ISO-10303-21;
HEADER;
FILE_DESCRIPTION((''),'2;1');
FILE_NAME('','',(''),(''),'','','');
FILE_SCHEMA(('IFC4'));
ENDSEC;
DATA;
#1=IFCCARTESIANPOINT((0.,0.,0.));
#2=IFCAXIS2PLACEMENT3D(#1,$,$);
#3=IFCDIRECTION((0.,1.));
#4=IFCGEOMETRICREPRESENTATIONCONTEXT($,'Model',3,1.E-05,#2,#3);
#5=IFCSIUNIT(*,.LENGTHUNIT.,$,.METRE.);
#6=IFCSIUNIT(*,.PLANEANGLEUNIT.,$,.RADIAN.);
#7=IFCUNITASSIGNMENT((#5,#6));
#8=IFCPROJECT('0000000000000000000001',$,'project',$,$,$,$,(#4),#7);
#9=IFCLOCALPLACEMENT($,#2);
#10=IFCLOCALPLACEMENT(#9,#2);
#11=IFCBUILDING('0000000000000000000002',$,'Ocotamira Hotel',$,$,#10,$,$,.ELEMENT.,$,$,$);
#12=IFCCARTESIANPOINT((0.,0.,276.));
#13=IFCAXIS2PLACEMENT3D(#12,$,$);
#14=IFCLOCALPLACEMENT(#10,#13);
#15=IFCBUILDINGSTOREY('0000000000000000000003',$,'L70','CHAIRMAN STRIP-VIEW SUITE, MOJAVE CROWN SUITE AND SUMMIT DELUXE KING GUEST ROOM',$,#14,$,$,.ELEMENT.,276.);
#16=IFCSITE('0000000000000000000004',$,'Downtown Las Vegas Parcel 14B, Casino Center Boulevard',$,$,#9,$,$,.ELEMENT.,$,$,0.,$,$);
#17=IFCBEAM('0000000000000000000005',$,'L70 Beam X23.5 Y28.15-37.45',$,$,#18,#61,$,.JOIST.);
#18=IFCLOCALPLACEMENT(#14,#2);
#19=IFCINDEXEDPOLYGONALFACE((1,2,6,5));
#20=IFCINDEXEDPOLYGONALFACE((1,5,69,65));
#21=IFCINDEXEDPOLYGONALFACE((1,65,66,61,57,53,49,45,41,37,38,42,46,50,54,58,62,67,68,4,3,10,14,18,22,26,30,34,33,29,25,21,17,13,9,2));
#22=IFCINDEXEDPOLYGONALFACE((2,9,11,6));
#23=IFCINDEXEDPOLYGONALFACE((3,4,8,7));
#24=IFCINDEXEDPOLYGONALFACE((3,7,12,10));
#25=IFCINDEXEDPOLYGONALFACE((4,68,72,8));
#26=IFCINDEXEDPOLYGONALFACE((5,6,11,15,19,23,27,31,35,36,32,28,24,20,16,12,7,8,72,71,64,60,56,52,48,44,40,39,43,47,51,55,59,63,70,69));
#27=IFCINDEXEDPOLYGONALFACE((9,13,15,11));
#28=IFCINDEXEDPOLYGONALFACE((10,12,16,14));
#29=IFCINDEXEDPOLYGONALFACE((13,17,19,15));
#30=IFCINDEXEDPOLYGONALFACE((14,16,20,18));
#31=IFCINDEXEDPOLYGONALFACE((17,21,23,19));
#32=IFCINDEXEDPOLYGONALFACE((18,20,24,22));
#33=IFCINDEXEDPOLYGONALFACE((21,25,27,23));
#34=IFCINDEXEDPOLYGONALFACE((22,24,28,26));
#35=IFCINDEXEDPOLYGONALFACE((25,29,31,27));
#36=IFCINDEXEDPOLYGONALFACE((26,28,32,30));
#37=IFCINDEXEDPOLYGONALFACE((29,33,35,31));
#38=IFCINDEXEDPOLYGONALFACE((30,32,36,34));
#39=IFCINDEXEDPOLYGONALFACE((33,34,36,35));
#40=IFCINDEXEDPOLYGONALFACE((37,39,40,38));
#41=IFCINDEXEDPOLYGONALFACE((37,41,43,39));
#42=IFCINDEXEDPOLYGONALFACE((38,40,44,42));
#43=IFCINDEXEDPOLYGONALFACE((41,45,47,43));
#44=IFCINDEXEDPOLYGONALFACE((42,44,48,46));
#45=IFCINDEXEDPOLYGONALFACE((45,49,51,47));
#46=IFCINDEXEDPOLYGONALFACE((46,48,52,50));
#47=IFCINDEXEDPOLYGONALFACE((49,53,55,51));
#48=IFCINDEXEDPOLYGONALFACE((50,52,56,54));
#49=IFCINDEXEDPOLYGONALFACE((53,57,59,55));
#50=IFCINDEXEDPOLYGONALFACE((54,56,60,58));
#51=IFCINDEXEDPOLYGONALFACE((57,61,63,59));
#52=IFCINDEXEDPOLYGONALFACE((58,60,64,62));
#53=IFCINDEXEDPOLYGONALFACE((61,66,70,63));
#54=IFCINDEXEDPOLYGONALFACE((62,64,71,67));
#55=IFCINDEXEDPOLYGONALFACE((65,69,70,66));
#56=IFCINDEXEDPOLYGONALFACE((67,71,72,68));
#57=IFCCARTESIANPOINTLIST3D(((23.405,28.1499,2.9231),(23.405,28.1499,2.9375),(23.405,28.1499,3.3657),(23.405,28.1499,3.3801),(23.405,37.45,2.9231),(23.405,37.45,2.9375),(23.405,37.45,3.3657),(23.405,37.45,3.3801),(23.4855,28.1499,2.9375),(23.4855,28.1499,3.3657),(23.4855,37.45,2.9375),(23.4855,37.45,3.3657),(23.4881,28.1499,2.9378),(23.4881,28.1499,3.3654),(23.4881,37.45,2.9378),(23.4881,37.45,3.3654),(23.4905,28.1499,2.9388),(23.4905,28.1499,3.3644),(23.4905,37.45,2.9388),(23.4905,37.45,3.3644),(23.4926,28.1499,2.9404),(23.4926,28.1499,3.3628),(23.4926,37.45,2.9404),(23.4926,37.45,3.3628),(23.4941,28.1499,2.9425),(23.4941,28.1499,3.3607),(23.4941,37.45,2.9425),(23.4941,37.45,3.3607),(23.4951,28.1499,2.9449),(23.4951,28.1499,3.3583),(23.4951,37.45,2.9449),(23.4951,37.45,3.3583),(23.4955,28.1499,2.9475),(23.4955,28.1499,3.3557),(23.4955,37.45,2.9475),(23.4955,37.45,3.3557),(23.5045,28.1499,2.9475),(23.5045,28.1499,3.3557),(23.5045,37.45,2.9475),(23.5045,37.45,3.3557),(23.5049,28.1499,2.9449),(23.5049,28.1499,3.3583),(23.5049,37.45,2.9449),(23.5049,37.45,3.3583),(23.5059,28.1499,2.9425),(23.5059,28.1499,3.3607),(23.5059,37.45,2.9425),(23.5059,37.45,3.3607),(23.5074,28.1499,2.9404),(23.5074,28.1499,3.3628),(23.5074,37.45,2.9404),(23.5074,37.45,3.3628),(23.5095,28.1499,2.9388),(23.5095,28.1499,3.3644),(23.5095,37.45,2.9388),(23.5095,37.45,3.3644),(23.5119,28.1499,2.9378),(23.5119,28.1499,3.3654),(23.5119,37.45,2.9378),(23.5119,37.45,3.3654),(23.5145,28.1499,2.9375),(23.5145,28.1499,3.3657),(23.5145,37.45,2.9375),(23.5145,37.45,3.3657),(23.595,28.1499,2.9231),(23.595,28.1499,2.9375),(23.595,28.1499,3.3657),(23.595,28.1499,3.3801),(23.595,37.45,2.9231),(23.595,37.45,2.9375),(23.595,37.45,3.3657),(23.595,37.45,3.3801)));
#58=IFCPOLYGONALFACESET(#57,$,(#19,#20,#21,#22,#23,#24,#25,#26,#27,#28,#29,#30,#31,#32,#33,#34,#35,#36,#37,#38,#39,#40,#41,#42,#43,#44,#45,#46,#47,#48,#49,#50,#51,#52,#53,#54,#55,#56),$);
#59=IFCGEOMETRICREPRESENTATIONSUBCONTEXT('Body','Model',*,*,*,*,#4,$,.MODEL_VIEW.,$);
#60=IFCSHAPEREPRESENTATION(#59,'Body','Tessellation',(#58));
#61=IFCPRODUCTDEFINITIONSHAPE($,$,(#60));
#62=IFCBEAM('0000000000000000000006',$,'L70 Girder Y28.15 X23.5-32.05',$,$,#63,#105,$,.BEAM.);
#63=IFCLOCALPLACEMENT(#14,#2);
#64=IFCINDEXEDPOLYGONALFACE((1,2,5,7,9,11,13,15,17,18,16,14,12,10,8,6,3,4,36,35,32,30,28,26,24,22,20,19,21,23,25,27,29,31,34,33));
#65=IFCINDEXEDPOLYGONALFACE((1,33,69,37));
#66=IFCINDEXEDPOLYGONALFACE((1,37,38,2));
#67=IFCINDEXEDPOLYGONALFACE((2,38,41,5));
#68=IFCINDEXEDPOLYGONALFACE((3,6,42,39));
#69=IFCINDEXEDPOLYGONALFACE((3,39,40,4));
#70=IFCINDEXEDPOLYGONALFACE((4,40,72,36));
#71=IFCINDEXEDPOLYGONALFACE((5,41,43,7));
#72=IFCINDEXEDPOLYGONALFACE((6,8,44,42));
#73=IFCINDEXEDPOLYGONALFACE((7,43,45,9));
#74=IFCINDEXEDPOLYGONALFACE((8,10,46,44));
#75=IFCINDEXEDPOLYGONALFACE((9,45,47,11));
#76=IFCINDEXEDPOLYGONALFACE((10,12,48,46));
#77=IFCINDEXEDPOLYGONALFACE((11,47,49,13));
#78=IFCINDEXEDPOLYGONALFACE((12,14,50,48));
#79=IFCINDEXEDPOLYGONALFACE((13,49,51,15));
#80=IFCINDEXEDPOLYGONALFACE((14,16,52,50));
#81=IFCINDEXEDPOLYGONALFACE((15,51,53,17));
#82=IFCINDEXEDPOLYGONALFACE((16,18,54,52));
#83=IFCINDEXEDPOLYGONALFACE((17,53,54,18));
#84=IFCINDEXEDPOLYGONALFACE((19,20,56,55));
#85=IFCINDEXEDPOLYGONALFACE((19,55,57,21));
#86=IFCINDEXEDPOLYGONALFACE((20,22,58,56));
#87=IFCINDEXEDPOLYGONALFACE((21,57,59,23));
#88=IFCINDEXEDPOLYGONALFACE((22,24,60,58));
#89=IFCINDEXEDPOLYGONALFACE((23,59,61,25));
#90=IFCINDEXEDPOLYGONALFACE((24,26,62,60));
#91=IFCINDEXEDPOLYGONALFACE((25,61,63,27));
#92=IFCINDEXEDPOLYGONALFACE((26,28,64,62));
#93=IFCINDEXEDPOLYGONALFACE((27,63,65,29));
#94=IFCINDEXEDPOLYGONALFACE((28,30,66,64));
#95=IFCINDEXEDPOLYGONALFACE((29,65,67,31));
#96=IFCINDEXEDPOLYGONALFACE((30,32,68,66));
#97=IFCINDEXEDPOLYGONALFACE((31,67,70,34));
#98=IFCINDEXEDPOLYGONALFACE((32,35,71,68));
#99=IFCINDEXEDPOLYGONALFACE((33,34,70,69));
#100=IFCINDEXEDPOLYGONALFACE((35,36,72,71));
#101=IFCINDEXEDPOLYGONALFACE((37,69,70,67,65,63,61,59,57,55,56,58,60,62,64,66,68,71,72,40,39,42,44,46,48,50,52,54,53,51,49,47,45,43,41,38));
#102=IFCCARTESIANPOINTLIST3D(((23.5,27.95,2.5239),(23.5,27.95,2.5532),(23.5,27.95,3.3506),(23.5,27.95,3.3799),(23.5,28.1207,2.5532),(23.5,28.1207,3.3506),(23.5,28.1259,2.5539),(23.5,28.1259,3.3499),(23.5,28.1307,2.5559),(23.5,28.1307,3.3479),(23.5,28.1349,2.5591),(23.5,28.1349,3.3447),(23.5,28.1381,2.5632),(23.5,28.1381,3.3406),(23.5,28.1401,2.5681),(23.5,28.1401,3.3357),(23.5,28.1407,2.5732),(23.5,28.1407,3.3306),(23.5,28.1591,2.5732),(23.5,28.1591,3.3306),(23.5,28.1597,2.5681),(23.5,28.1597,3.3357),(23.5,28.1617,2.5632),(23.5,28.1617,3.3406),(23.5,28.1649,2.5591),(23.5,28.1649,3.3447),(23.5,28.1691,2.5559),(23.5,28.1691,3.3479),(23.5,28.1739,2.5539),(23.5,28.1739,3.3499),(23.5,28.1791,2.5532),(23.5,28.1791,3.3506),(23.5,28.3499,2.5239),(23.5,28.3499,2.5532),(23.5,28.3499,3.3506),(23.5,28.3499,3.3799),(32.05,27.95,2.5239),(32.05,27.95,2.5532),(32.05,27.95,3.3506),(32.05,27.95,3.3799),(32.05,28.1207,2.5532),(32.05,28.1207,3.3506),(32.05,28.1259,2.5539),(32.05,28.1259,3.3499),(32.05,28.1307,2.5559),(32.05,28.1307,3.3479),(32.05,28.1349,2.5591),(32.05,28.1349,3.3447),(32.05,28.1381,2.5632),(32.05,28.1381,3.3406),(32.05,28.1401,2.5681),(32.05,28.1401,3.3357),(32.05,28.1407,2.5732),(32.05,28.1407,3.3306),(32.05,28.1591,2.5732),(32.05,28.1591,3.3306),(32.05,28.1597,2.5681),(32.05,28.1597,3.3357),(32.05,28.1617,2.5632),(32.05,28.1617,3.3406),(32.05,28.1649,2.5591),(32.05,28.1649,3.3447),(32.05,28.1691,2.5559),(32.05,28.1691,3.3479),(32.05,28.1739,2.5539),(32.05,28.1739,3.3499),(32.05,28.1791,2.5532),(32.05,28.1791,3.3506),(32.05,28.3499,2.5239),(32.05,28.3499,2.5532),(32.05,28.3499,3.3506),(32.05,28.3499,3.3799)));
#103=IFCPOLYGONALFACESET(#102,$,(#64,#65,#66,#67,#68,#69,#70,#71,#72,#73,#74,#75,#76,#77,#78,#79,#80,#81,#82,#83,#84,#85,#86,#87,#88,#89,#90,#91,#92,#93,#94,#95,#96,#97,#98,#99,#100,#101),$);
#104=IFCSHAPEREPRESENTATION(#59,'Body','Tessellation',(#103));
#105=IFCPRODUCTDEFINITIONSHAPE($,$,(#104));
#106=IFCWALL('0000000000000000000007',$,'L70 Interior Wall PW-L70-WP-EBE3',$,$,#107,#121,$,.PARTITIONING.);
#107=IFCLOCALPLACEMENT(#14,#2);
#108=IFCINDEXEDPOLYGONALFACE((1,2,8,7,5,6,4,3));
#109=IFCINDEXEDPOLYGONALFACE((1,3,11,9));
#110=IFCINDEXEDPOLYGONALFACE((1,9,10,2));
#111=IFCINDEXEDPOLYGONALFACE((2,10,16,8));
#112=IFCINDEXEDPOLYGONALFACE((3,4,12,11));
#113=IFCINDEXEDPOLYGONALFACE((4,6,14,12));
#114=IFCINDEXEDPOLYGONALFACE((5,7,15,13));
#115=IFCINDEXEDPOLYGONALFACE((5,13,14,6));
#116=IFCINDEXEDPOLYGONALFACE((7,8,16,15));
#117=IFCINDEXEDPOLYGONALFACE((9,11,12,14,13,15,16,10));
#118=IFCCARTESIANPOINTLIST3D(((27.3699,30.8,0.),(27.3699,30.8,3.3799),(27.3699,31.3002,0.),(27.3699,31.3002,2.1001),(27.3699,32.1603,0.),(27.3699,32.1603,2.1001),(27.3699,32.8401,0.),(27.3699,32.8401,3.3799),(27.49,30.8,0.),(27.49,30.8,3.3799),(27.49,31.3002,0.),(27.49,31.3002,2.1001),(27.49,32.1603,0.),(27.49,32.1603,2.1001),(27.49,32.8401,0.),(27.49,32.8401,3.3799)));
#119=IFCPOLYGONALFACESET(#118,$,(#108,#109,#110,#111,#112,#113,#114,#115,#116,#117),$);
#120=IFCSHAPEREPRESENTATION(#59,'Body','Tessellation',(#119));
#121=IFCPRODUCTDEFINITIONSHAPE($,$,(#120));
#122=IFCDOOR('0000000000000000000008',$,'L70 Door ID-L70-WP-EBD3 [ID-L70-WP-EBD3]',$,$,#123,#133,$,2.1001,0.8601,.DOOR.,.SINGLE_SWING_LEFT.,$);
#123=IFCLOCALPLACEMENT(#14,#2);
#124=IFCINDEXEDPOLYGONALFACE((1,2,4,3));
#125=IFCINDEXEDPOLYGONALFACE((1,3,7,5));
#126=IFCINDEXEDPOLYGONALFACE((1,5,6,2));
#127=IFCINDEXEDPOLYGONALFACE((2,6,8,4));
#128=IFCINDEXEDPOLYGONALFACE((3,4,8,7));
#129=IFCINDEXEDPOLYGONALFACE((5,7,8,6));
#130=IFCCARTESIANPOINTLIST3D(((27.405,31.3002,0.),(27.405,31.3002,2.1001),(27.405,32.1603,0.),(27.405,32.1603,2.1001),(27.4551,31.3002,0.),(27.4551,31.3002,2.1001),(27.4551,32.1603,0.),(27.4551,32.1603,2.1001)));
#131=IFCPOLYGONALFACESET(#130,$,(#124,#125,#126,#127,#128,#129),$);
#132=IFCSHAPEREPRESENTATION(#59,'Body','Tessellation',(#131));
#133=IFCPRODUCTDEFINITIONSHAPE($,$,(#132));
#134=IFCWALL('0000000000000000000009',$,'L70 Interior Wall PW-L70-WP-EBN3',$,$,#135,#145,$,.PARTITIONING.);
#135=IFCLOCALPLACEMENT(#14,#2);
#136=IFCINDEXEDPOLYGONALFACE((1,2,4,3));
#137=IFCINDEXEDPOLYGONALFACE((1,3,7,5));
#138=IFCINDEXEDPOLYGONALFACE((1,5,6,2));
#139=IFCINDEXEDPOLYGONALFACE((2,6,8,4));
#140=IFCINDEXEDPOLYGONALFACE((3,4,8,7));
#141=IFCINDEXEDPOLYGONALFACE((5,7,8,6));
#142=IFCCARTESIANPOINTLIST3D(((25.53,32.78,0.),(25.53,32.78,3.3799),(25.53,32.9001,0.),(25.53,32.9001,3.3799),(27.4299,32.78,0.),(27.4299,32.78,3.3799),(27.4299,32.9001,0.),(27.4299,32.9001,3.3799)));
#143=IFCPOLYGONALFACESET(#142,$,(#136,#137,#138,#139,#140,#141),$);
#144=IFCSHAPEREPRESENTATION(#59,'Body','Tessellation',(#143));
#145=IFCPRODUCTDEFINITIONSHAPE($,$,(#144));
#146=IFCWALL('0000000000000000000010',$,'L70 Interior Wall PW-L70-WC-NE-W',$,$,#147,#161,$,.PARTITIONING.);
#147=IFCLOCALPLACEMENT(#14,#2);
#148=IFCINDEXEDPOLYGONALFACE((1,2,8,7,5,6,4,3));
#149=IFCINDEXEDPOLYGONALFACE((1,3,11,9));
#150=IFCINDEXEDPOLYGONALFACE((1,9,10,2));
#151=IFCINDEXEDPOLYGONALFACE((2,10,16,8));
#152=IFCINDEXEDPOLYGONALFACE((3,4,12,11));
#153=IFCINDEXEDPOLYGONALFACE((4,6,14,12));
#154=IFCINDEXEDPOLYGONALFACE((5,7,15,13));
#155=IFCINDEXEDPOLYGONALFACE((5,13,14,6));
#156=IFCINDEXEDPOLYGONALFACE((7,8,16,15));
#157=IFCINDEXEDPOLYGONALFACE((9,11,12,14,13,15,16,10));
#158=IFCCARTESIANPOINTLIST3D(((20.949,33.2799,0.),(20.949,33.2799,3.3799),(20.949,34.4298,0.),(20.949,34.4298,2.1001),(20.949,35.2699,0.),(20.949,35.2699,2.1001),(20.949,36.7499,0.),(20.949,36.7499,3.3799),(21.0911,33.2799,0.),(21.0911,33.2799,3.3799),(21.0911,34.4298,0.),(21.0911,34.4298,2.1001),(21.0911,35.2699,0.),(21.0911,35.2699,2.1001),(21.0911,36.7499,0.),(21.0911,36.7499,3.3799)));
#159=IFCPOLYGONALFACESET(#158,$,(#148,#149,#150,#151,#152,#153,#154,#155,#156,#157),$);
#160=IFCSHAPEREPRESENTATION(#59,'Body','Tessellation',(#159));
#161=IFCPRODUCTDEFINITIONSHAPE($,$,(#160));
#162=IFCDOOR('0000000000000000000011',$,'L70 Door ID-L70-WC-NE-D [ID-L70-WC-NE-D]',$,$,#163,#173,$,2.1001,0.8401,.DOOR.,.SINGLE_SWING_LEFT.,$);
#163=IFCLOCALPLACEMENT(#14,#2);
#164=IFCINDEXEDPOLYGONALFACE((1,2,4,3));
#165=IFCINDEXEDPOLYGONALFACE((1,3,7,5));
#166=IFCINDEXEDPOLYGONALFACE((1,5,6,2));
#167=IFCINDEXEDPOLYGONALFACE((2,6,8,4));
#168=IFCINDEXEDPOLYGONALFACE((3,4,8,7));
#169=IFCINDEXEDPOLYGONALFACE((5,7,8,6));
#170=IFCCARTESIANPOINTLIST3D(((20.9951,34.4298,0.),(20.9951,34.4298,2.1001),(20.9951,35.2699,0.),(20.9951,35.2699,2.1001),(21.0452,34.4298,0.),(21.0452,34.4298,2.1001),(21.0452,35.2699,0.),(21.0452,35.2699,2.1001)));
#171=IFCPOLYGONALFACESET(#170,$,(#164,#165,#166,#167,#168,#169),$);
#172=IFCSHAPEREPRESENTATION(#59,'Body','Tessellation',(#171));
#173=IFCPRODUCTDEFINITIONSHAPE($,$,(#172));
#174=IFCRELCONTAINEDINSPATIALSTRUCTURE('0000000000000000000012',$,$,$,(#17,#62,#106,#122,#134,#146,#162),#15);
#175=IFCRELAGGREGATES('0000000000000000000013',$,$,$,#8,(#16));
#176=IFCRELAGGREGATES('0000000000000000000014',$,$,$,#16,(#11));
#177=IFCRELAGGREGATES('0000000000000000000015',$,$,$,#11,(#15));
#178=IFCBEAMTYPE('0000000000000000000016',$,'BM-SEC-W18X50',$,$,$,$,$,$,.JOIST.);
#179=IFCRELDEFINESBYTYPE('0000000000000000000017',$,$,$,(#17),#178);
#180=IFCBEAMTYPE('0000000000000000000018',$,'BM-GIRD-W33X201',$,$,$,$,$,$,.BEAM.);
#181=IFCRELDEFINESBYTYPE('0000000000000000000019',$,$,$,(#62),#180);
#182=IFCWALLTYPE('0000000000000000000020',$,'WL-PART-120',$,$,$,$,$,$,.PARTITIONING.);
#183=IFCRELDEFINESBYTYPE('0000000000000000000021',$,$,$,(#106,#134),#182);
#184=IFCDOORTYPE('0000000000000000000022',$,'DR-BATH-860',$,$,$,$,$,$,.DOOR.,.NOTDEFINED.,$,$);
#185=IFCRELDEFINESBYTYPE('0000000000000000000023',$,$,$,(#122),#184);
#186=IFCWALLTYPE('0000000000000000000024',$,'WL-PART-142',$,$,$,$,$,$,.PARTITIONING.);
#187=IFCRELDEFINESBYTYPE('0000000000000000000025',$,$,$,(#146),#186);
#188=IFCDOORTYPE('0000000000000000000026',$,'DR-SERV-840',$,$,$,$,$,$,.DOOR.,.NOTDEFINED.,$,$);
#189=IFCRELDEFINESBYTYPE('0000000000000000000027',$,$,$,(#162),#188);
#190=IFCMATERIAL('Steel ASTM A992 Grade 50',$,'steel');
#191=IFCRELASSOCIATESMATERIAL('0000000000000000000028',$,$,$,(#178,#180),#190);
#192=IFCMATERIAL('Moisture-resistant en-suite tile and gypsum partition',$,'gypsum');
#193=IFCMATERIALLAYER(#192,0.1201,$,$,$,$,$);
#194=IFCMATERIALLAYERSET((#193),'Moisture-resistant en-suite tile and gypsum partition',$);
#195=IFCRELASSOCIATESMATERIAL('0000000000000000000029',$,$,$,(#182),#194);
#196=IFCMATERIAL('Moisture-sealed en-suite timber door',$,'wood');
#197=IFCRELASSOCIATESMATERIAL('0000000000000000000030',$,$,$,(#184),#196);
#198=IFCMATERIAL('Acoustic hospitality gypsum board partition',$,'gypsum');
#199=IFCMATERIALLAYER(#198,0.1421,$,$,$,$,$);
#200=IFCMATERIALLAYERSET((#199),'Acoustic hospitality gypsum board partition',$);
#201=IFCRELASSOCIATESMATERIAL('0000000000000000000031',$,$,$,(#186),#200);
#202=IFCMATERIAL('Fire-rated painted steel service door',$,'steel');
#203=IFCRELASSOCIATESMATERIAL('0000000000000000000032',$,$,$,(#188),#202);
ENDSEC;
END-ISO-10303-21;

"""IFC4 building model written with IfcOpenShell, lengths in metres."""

from ifc_helpers import new_model, si_unit, direction, frame, frame_2d, origin, origin_2d, place, context, subcontext, project, spatial, rectangle, i_section, extrude, source, transform, mapped, material, layer, layer_set, material_profile, profile_set, type_object, element, fill, save


model = new_model("IFC4")

# Units and contexts
model_context = context("Model", 3, precision=1e-05, world=origin(), true_north=direction((0.0, 1.0)))
body_context = subcontext(model_context, "Body", "Model", "MODEL_VIEW")
ifc_project = project(units=[si_unit("LENGTHUNIT", "METRE"), si_unit("PLANEANGLEUNIT", "RADIAN")], contexts=[model_context])

# Site, building, storey
site_placement = place(None, origin())
site = spatial("IfcSite", under=ifc_project, at=site_placement, Name="Downtown Las Vegas Parcel 14B, Casino Center Boulevard", CompositionType="ELEMENT", RefElevation=0.0)
building_placement = place(site_placement, origin())
building = spatial("IfcBuilding", under=site, at=building_placement, Name="Ocotamira Hotel", CompositionType="ELEMENT")
storey_placement = place(building_placement, frame((0.0, 0.0, 276.0)))
storey = spatial("IfcBuildingStorey", under=building, at=storey_placement, Name="L70", Description="CHAIRMAN STRIP-VIEW SUITE, MOJAVE CROWN SUITE AND SUMMIT DELUXE KING GUEST ROOM", CompositionType="ELEMENT", Elevation=276.0)

# Shared definitions
ifc_material_1 = material(Name="Steel ASTM A992 Grade 50", Category="steel")

# Beams
ifc_material_profile_1 = material_profile(ifc_material_1, i_section(OverallWidth=0.1899, OverallDepth=0.457, WebThickness=0.009, FlangeThickness=0.0144, FilletRadius=0.01, at=origin_2d()), Name="W18X50")
ifc_profile_set_1 = profile_set([ifc_material_profile_1], Name="Steel ASTM A992 Grade 50")
beam_type_1 = type_object("IfcBeamType", Name="BM-SEC-W18X50", PredefinedType="JOIST", material=ifc_profile_set_1)
shared_shape_1 = source(origin(), body_context, "Body", "SweptSolid", [
    extrude(i_section(OverallWidth=0.1899, OverallDepth=0.457, WebThickness=0.009, FlangeThickness=0.0144, FilletRadius=0.01, at=origin_2d()), origin(), (0.0, 0.0, 1.0), 9.3),
])
beam_1_placement = place(storey_placement, frame((23.5, 28.1499, 3.1516), z_axis=(0.0, 1.0, 0.0), x_axis=(-1.0, 0.0, 0.0)))
element("IfcBeam", 1, at=beam_1_placement, inside=storey, type_object=beam_type_1, Name="L70 Beam X23.5 Y28.15-37.45", PredefinedType="JOIST", context=body_context, shape_type="MappedRepresentation", body=[
    mapped(shared_shape_1, transform((0.0, 0.0, 0.0), scale=1.0)),
])
ifc_material_profile_2 = material_profile(ifc_material_1, i_section(OverallWidth=0.3999, OverallDepth=0.856, WebThickness=0.0183, FlangeThickness=0.0293, FilletRadius=0.02, at=origin_2d()), Name="W33X201")
ifc_profile_set_2 = profile_set([ifc_material_profile_2], Name="Steel ASTM A992 Grade 50")
beam_type_2 = type_object("IfcBeamType", Name="BM-GIRD-W33X201", PredefinedType="BEAM", material=ifc_profile_set_2)
shared_shape_2 = source(origin(), body_context, "Body", "SweptSolid", [
    extrude(i_section(OverallWidth=0.3999, OverallDepth=0.856, WebThickness=0.0183, FlangeThickness=0.0293, FilletRadius=0.02, at=origin_2d()), origin(), (0.0, 0.0, 1.0), 8.55),
])
beam_2_placement = place(storey_placement, frame((23.5, 28.1499, 2.9519), z_axis=(1.0, 0.0, 0.0), x_axis=(0.0, 1.0, 0.0)))
element("IfcBeam", 2, at=beam_2_placement, inside=storey, type_object=beam_type_2, Name="L70 Girder Y28.15 X23.5-32.05", PredefinedType="BEAM", context=body_context, shape_type="MappedRepresentation", body=[
    mapped(shared_shape_2, transform((0.0, 0.0, 0.0), scale=1.0)),
])

# Wall, opening, door
ifc_material_2 = material(Name="Moisture-resistant en-suite tile and gypsum partition", Category="gypsum")
ifc_layer_1 = layer(ifc_material_2, 0.1201)
ifc_layer_set_1 = layer_set([ifc_layer_1], Name="Moisture-resistant en-suite tile and gypsum partition")
wall_type_1 = type_object("IfcWallType", Name="WL-PART-120", PredefinedType="PARTITIONING", material=ifc_layer_set_1)
wall_1_placement = place(storey_placement, frame((27.4299, 30.8, 0.0), z_axis=(0.0, 0.0, 1.0), x_axis=(0.0, 1.0, 0.0)))
wall_1 = element("IfcWall", 3, at=wall_1_placement, inside=storey, type_object=wall_type_1, Name="L70 Interior Wall PW-L70-WP-EBE3", PredefinedType="PARTITIONING", context=body_context, shape_type="SweptSolid", body=[
    extrude(rectangle(XDim=2.04, YDim=0.1201, at=frame_2d((1.02, 0.0))), origin(), (0.0, 0.0, 1.0), 3.3799),
])
opening_1_placement = place(wall_1_placement, frame((0.5, 0.0, 0.0)))
opening_1 = element("IfcOpeningElement", 4, at=opening_1_placement, cuts=wall_1, PredefinedType="OPENING", context=body_context, shape_type="SweptSolid", body=[
    extrude(rectangle(XDim=0.8601, YDim=2.1001, at=frame_2d((0.4302, 1.05))), frame((0.0, 0.0701, 0.0), z_axis=(0.0, -1.0, 0.0), x_axis=(1.0, 0.0, 0.0)), (0.0, 0.0, 1.0), 0.1401),
])
ifc_material_3 = material(Name="Moisture-sealed en-suite timber door", Category="wood")
door_type_1 = type_object("IfcDoorType", Name="DR-BATH-860", OperationType="NOTDEFINED", PredefinedType="DOOR", material=ifc_material_3)
shared_shape_3 = source(origin(), body_context, "Body", "SweptSolid", [
    extrude(rectangle(XDim=0.8601, YDim=2.1001, at=frame_2d((0.4302, 1.05))), frame((0.0, 0.0249, 0.0), z_axis=(0.0, -1.0, 0.0), x_axis=(1.0, 0.0, 0.0)), (0.0, 0.0, 1.0), 0.05),
])
door_1_placement = place(opening_1_placement, origin())
door_1 = element("IfcDoor", 5, at=door_1_placement, inside=storey, type_object=door_type_1, Name="L70 Door ID-L70-WP-EBD3 [ID-L70-WP-EBD3]", OperationType="SINGLE_SWING_LEFT", OverallHeight=2.1001, OverallWidth=0.8601, PredefinedType="DOOR", context=body_context, shape_type="MappedRepresentation", body=[
    mapped(shared_shape_3, transform((0.0, 0.0, 0.0), scale=1.0)),
])
fill(opening_1, door_1)

# Wall
wall_2_placement = place(storey_placement, frame((25.53, 32.8401, 0.0), z_axis=(0.0, 0.0, 1.0), x_axis=(1.0, 0.0, 0.0)))
element("IfcWall", 6, at=wall_2_placement, inside=storey, type_object=wall_type_1, Name="L70 Interior Wall PW-L70-WP-EBN3", PredefinedType="PARTITIONING", context=body_context, shape_type="SweptSolid", body=[
    extrude(rectangle(XDim=1.8999, YDim=0.1201, at=frame_2d((0.95, 0.0))), origin(), (0.0, 0.0, 1.0), 3.3799),
])

# Wall, opening, door
ifc_material_4 = material(Name="Acoustic hospitality gypsum board partition", Category="gypsum")
ifc_layer_2 = layer(ifc_material_4, 0.1421)
ifc_layer_set_2 = layer_set([ifc_layer_2], Name="Acoustic hospitality gypsum board partition")
wall_type_2 = type_object("IfcWallType", Name="WL-PART-142", PredefinedType="PARTITIONING", material=ifc_layer_set_2)
wall_3_placement = place(storey_placement, frame((21.02, 33.28, 0.0), z_axis=(0.0, 0.0, 1.0), x_axis=(0.0, 1.0, 0.0)))
wall_3 = element("IfcWall", 7, at=wall_3_placement, inside=storey, type_object=wall_type_2, Name="L70 Interior Wall PW-L70-WC-NE-W", PredefinedType="PARTITIONING", context=body_context, shape_type="SweptSolid", body=[
    extrude(rectangle(XDim=3.47, YDim=0.1421, at=frame_2d((1.7349, 0.0))), origin(), (0.0, 0.0, 1.0), 3.3799),
])
opening_2_placement = place(wall_3_placement, frame((1.1499, 0.0, 0.0)))
opening_2 = element("IfcOpeningElement", 8, at=opening_2_placement, cuts=wall_3, PredefinedType="OPENING", context=body_context, shape_type="SweptSolid", body=[
    extrude(rectangle(XDim=0.8401, YDim=2.1001, at=frame_2d((0.4199, 1.05))), frame((0.0, 0.0811, 0.0), z_axis=(0.0, -1.0, 0.0), x_axis=(1.0, 0.0, 0.0)), (0.0, 0.0, 1.0), 0.1621),
])
ifc_material_5 = material(Name="Fire-rated painted steel service door", Category="steel")
door_type_2 = type_object("IfcDoorType", Name="DR-SERV-840", OperationType="NOTDEFINED", PredefinedType="DOOR", material=ifc_material_5)
shared_shape_4 = source(origin(), body_context, "Body", "SweptSolid", [
    extrude(rectangle(XDim=0.8401, YDim=2.1001, at=frame_2d((0.4199, 1.05))), frame((0.0, 0.0249, 0.0), z_axis=(0.0, -1.0, 0.0), x_axis=(1.0, 0.0, 0.0)), (0.0, 0.0, 1.0), 0.05),
])
door_2_placement = place(opening_2_placement, origin())
door_2 = element("IfcDoor", 9, at=door_2_placement, inside=storey, type_object=door_type_2, Name="L70 Door ID-L70-WC-NE-D [ID-L70-WC-NE-D]", OperationType="SINGLE_SWING_LEFT", OverallHeight=2.1001, OverallWidth=0.8401, PredefinedType="DOOR", context=body_context, shape_type="MappedRepresentation", body=[
    mapped(shared_shape_4, transform((0.0, 0.0, 0.0), scale=1.0)),
])
fill(opening_2, door_2)

save(model, "model.ifc")
